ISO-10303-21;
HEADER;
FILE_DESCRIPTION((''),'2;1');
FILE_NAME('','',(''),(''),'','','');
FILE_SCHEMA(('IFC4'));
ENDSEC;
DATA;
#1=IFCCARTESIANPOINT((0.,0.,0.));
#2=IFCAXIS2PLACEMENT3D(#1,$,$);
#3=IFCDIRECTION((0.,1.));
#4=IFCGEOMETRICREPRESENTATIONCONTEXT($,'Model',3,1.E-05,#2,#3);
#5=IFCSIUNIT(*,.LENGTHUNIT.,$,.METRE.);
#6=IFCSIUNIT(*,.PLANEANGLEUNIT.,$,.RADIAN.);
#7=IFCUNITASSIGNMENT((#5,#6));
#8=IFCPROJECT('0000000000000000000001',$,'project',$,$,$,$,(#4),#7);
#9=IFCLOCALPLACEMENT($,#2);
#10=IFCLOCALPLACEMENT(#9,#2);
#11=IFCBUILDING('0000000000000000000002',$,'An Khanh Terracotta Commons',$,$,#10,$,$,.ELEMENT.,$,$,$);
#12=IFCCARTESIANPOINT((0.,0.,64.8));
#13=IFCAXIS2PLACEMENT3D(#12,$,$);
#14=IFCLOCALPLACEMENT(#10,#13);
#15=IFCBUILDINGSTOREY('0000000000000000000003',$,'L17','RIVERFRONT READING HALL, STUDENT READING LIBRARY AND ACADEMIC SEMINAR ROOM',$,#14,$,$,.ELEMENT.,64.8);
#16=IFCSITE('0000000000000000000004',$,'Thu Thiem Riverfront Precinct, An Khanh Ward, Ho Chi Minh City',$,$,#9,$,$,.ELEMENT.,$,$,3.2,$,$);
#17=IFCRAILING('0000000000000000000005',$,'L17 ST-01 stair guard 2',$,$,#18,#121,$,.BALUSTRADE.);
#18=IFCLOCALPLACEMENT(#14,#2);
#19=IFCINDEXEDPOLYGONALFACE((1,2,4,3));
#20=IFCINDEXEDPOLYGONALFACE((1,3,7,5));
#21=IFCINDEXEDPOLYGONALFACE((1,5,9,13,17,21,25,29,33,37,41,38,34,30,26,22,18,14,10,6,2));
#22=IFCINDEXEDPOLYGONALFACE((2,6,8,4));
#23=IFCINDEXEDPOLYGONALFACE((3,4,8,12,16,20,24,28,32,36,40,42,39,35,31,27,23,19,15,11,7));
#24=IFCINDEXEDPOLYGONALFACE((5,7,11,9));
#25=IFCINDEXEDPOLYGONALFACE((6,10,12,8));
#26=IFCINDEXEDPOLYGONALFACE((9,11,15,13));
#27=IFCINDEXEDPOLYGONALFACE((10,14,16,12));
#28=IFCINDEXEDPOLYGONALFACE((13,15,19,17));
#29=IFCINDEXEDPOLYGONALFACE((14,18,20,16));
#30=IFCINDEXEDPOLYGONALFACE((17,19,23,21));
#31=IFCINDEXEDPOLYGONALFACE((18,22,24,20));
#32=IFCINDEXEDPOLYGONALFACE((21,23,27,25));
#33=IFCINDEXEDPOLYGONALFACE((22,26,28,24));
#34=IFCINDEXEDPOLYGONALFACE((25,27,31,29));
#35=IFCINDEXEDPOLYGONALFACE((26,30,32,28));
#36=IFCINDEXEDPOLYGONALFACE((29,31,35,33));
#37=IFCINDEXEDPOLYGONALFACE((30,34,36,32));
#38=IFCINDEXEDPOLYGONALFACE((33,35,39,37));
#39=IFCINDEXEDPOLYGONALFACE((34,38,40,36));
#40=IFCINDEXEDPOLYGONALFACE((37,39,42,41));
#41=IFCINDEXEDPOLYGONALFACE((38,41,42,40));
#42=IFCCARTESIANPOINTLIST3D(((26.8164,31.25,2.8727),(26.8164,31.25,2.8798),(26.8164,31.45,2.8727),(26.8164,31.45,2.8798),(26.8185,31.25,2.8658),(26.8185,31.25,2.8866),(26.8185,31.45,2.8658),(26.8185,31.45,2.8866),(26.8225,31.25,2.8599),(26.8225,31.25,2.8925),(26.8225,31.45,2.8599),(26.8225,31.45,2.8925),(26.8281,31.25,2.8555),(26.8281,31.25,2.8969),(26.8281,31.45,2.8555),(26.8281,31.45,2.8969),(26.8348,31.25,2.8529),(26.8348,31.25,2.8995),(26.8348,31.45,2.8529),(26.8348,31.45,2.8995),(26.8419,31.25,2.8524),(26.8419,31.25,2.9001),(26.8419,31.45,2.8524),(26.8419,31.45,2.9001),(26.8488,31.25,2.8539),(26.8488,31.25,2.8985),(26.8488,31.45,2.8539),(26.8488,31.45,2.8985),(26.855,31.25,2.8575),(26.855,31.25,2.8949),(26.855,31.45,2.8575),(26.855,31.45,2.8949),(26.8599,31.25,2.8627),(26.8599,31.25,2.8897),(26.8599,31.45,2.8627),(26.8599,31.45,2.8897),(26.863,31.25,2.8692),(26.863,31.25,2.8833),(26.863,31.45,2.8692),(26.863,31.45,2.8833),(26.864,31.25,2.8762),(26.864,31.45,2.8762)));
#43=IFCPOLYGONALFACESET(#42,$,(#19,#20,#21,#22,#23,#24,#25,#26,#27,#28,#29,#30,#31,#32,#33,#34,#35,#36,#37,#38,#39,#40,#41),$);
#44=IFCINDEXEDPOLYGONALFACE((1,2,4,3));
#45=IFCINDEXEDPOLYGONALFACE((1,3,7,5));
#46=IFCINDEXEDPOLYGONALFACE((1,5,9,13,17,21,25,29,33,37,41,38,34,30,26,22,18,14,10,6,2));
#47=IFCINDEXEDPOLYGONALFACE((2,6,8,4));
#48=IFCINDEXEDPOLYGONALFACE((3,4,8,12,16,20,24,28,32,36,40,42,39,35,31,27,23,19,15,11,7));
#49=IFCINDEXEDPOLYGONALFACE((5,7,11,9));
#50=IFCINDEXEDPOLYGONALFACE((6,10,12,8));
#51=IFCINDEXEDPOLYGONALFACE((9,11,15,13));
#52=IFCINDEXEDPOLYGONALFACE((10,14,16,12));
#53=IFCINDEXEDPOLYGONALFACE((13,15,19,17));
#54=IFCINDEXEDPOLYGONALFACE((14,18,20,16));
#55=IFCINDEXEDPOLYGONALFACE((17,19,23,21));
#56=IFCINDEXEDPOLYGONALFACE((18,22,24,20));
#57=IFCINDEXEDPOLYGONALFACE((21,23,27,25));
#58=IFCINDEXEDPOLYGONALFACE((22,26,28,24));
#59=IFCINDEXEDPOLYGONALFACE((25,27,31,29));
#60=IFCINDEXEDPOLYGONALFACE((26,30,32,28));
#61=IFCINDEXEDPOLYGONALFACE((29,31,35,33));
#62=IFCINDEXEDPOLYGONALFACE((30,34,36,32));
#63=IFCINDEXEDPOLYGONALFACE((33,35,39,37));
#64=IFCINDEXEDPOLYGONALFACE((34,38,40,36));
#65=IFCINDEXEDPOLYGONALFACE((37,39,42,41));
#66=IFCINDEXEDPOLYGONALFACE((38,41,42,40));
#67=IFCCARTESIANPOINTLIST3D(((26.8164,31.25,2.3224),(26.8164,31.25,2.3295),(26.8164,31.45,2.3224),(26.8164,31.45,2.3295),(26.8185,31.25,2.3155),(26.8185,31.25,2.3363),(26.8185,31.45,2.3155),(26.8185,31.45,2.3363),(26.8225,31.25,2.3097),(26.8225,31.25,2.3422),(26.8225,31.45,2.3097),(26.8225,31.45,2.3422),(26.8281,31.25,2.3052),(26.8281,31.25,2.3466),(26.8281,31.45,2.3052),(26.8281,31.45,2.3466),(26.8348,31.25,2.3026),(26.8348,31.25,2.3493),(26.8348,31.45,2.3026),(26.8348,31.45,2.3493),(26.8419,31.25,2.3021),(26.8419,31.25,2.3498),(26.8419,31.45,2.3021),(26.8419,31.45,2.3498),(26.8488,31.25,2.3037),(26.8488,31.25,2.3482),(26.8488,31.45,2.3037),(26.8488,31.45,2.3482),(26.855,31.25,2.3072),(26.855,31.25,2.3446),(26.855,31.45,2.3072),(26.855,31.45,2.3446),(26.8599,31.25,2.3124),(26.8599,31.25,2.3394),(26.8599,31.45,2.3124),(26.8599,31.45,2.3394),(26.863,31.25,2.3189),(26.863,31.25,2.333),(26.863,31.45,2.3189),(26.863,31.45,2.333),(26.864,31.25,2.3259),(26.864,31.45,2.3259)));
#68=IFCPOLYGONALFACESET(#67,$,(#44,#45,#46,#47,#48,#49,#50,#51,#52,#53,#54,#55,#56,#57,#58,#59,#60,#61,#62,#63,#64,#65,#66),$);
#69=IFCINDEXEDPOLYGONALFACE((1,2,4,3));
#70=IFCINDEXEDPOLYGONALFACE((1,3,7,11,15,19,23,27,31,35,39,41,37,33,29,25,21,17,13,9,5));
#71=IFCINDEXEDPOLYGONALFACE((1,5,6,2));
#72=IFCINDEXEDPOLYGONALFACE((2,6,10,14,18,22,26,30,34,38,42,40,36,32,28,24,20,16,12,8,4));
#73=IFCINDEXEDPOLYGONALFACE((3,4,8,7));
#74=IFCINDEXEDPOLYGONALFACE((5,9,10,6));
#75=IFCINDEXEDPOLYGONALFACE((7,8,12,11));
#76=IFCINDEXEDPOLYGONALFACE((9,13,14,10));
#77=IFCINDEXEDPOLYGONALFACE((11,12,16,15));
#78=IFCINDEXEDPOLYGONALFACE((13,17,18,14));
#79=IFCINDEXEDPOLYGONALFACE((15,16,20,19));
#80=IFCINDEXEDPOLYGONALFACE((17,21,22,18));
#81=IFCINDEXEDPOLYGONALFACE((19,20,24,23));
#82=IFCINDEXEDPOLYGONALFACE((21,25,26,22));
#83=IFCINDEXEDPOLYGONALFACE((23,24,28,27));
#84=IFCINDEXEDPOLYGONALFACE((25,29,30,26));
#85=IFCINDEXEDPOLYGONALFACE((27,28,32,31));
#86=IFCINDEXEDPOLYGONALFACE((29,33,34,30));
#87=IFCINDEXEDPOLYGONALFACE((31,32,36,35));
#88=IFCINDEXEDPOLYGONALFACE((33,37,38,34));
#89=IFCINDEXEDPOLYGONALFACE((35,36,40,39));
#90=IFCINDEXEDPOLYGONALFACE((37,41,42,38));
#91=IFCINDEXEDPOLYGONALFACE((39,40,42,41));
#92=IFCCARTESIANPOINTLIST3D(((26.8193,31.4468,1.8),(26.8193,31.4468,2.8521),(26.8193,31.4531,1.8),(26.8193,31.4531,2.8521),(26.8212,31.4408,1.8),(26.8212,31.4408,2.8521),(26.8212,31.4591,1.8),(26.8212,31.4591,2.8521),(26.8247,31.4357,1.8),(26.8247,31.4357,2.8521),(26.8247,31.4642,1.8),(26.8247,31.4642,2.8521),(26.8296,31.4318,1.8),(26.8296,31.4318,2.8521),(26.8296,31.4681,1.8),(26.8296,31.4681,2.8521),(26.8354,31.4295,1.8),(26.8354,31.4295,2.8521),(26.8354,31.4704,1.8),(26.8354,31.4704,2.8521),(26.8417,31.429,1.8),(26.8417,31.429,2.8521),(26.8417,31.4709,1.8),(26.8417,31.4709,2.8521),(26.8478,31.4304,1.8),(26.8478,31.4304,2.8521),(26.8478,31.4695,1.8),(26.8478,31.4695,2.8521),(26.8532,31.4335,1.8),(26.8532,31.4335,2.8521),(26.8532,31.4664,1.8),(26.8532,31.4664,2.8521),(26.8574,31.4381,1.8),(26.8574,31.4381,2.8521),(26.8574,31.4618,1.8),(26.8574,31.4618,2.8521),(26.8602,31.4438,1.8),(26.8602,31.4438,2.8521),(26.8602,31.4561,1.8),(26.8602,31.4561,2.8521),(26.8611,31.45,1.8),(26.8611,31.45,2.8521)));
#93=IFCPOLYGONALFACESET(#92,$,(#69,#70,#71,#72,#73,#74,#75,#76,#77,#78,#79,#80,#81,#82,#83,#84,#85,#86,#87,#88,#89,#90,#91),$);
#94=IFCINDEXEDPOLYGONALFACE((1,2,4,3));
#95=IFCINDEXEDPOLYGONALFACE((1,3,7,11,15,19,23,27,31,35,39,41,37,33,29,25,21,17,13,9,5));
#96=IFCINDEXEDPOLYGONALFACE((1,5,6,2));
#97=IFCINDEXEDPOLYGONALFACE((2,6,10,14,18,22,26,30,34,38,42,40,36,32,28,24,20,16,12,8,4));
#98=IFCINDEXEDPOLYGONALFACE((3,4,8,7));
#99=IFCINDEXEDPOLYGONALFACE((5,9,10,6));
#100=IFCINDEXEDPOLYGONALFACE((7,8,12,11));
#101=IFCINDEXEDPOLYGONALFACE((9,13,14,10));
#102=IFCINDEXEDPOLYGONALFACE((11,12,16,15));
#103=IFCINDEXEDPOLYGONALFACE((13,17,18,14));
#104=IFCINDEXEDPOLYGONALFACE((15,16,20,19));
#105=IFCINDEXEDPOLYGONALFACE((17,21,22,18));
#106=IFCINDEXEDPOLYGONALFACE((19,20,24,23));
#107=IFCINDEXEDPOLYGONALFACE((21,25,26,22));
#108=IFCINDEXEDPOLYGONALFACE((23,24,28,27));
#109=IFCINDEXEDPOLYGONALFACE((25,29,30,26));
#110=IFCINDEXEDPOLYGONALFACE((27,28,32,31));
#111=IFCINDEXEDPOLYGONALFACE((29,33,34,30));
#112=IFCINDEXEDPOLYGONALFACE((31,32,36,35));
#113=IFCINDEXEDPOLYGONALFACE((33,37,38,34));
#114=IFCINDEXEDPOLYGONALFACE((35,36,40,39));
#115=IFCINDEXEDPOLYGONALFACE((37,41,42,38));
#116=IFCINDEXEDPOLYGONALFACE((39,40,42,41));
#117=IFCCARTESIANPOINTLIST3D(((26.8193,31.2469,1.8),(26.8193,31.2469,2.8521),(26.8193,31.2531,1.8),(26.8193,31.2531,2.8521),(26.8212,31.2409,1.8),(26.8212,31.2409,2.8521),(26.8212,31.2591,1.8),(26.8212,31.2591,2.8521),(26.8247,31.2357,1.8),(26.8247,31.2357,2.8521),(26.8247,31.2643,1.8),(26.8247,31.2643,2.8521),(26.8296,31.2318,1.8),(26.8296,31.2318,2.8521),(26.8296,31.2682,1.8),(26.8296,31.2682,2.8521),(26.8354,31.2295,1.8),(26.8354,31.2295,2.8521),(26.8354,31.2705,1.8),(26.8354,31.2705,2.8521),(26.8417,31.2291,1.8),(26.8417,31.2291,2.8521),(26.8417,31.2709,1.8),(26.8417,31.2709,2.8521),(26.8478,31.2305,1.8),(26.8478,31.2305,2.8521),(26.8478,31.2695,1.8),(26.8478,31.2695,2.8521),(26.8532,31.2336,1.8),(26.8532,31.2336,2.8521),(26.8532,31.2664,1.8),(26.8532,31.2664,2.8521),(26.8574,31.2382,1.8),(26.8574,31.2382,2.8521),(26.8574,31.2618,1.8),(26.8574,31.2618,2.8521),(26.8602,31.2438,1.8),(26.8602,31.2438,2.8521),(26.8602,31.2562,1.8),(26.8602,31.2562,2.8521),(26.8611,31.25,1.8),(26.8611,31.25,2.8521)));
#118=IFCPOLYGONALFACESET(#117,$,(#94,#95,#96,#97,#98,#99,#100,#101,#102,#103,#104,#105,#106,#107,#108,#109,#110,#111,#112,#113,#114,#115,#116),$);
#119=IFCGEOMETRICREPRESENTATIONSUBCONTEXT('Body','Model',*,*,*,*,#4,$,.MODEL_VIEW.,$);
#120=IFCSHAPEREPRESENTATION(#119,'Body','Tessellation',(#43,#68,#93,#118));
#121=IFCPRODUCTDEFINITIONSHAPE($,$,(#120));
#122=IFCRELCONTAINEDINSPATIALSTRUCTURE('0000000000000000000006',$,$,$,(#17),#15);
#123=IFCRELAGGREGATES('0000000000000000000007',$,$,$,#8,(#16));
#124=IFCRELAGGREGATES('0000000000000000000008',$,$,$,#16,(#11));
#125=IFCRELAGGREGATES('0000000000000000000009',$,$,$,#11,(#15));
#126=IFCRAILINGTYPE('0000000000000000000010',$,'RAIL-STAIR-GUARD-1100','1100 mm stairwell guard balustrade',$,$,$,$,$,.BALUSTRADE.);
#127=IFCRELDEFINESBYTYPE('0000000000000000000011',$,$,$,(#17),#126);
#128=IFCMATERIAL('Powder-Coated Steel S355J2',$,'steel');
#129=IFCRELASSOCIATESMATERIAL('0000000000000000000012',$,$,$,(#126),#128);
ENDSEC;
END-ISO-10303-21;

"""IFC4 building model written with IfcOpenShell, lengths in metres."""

from ifc_helpers import new_model, si_unit, direction, frame, origin, origin_2d, place, context, subcontext, project, spatial, circle, extrude, material, type_object, element, save


model = new_model("IFC4")

# Units and contexts
model_context = context("Model", 3, precision=1e-05, world=origin(), true_north=direction((0.0, 1.0)))
body_context = subcontext(model_context, "Body", "Model", "MODEL_VIEW")
ifc_project = project(units=[si_unit("LENGTHUNIT", "METRE"), si_unit("PLANEANGLEUNIT", "RADIAN")], contexts=[model_context])

# Site, building, storey
site_placement = place(None, origin())
site = spatial("IfcSite", under=ifc_project, at=site_placement, Name="Thu Thiem Riverfront Precinct, An Khanh Ward, Ho Chi Minh City", CompositionType="ELEMENT", RefElevation=3.2)
building_placement = place(site_placement, origin())
building = spatial("IfcBuilding", under=site, at=building_placement, Name="An Khanh Terracotta Commons", CompositionType="ELEMENT")
storey_placement = place(building_placement, frame((0.0, 0.0, 64.8)))
storey = spatial("IfcBuildingStorey", under=building, at=storey_placement, Name="L17", Description="RIVERFRONT READING HALL, STUDENT READING LIBRARY AND ACADEMIC SEMINAR ROOM", CompositionType="ELEMENT", Elevation=64.8)

# Railing
ifc_material_1 = material(Name="Powder-Coated Steel S355J2", Category="steel")
railing_type_1 = type_object("IfcRailingType", Name="RAIL-STAIR-GUARD-1100", Description="1100 mm stairwell guard balustrade", PredefinedType="BALUSTRADE", material=ifc_material_1)
railing_1_placement = place(storey_placement, frame((26.8401, 31.45, 1.8)))
element("IfcRailing", 1, at=railing_1_placement, inside=storey, type_object=railing_type_1, Name="L17 ST-01 stair guard 2", PredefinedType="BALUSTRADE", context=body_context, shape_type="SweptSolid", body=[
    extrude(circle(Radius=0.0239, at=origin_2d()), frame((0.0, 0.0, 1.0762), z_axis=(0.0, -1.0, 0.0), x_axis=(1.0, 0.0, 0.0)), (0.0, 0.0, 1.0), 0.2),
    extrude(circle(Radius=0.0239, at=origin_2d()), frame((0.0, 0.0, 0.5259), z_axis=(0.0, -1.0, 0.0), x_axis=(1.0, 0.0, 0.0)), (0.0, 0.0, 1.0), 0.2),
    extrude(circle(Radius=0.021, at=origin_2d()), origin(), (0.0, 0.0, 1.0), 1.052),
    extrude(circle(Radius=0.021, at=origin_2d()), frame((0.0, -0.2, 0.0)), (0.0, 0.0, 1.0), 1.052),
])

save(model, "model.ifc")
